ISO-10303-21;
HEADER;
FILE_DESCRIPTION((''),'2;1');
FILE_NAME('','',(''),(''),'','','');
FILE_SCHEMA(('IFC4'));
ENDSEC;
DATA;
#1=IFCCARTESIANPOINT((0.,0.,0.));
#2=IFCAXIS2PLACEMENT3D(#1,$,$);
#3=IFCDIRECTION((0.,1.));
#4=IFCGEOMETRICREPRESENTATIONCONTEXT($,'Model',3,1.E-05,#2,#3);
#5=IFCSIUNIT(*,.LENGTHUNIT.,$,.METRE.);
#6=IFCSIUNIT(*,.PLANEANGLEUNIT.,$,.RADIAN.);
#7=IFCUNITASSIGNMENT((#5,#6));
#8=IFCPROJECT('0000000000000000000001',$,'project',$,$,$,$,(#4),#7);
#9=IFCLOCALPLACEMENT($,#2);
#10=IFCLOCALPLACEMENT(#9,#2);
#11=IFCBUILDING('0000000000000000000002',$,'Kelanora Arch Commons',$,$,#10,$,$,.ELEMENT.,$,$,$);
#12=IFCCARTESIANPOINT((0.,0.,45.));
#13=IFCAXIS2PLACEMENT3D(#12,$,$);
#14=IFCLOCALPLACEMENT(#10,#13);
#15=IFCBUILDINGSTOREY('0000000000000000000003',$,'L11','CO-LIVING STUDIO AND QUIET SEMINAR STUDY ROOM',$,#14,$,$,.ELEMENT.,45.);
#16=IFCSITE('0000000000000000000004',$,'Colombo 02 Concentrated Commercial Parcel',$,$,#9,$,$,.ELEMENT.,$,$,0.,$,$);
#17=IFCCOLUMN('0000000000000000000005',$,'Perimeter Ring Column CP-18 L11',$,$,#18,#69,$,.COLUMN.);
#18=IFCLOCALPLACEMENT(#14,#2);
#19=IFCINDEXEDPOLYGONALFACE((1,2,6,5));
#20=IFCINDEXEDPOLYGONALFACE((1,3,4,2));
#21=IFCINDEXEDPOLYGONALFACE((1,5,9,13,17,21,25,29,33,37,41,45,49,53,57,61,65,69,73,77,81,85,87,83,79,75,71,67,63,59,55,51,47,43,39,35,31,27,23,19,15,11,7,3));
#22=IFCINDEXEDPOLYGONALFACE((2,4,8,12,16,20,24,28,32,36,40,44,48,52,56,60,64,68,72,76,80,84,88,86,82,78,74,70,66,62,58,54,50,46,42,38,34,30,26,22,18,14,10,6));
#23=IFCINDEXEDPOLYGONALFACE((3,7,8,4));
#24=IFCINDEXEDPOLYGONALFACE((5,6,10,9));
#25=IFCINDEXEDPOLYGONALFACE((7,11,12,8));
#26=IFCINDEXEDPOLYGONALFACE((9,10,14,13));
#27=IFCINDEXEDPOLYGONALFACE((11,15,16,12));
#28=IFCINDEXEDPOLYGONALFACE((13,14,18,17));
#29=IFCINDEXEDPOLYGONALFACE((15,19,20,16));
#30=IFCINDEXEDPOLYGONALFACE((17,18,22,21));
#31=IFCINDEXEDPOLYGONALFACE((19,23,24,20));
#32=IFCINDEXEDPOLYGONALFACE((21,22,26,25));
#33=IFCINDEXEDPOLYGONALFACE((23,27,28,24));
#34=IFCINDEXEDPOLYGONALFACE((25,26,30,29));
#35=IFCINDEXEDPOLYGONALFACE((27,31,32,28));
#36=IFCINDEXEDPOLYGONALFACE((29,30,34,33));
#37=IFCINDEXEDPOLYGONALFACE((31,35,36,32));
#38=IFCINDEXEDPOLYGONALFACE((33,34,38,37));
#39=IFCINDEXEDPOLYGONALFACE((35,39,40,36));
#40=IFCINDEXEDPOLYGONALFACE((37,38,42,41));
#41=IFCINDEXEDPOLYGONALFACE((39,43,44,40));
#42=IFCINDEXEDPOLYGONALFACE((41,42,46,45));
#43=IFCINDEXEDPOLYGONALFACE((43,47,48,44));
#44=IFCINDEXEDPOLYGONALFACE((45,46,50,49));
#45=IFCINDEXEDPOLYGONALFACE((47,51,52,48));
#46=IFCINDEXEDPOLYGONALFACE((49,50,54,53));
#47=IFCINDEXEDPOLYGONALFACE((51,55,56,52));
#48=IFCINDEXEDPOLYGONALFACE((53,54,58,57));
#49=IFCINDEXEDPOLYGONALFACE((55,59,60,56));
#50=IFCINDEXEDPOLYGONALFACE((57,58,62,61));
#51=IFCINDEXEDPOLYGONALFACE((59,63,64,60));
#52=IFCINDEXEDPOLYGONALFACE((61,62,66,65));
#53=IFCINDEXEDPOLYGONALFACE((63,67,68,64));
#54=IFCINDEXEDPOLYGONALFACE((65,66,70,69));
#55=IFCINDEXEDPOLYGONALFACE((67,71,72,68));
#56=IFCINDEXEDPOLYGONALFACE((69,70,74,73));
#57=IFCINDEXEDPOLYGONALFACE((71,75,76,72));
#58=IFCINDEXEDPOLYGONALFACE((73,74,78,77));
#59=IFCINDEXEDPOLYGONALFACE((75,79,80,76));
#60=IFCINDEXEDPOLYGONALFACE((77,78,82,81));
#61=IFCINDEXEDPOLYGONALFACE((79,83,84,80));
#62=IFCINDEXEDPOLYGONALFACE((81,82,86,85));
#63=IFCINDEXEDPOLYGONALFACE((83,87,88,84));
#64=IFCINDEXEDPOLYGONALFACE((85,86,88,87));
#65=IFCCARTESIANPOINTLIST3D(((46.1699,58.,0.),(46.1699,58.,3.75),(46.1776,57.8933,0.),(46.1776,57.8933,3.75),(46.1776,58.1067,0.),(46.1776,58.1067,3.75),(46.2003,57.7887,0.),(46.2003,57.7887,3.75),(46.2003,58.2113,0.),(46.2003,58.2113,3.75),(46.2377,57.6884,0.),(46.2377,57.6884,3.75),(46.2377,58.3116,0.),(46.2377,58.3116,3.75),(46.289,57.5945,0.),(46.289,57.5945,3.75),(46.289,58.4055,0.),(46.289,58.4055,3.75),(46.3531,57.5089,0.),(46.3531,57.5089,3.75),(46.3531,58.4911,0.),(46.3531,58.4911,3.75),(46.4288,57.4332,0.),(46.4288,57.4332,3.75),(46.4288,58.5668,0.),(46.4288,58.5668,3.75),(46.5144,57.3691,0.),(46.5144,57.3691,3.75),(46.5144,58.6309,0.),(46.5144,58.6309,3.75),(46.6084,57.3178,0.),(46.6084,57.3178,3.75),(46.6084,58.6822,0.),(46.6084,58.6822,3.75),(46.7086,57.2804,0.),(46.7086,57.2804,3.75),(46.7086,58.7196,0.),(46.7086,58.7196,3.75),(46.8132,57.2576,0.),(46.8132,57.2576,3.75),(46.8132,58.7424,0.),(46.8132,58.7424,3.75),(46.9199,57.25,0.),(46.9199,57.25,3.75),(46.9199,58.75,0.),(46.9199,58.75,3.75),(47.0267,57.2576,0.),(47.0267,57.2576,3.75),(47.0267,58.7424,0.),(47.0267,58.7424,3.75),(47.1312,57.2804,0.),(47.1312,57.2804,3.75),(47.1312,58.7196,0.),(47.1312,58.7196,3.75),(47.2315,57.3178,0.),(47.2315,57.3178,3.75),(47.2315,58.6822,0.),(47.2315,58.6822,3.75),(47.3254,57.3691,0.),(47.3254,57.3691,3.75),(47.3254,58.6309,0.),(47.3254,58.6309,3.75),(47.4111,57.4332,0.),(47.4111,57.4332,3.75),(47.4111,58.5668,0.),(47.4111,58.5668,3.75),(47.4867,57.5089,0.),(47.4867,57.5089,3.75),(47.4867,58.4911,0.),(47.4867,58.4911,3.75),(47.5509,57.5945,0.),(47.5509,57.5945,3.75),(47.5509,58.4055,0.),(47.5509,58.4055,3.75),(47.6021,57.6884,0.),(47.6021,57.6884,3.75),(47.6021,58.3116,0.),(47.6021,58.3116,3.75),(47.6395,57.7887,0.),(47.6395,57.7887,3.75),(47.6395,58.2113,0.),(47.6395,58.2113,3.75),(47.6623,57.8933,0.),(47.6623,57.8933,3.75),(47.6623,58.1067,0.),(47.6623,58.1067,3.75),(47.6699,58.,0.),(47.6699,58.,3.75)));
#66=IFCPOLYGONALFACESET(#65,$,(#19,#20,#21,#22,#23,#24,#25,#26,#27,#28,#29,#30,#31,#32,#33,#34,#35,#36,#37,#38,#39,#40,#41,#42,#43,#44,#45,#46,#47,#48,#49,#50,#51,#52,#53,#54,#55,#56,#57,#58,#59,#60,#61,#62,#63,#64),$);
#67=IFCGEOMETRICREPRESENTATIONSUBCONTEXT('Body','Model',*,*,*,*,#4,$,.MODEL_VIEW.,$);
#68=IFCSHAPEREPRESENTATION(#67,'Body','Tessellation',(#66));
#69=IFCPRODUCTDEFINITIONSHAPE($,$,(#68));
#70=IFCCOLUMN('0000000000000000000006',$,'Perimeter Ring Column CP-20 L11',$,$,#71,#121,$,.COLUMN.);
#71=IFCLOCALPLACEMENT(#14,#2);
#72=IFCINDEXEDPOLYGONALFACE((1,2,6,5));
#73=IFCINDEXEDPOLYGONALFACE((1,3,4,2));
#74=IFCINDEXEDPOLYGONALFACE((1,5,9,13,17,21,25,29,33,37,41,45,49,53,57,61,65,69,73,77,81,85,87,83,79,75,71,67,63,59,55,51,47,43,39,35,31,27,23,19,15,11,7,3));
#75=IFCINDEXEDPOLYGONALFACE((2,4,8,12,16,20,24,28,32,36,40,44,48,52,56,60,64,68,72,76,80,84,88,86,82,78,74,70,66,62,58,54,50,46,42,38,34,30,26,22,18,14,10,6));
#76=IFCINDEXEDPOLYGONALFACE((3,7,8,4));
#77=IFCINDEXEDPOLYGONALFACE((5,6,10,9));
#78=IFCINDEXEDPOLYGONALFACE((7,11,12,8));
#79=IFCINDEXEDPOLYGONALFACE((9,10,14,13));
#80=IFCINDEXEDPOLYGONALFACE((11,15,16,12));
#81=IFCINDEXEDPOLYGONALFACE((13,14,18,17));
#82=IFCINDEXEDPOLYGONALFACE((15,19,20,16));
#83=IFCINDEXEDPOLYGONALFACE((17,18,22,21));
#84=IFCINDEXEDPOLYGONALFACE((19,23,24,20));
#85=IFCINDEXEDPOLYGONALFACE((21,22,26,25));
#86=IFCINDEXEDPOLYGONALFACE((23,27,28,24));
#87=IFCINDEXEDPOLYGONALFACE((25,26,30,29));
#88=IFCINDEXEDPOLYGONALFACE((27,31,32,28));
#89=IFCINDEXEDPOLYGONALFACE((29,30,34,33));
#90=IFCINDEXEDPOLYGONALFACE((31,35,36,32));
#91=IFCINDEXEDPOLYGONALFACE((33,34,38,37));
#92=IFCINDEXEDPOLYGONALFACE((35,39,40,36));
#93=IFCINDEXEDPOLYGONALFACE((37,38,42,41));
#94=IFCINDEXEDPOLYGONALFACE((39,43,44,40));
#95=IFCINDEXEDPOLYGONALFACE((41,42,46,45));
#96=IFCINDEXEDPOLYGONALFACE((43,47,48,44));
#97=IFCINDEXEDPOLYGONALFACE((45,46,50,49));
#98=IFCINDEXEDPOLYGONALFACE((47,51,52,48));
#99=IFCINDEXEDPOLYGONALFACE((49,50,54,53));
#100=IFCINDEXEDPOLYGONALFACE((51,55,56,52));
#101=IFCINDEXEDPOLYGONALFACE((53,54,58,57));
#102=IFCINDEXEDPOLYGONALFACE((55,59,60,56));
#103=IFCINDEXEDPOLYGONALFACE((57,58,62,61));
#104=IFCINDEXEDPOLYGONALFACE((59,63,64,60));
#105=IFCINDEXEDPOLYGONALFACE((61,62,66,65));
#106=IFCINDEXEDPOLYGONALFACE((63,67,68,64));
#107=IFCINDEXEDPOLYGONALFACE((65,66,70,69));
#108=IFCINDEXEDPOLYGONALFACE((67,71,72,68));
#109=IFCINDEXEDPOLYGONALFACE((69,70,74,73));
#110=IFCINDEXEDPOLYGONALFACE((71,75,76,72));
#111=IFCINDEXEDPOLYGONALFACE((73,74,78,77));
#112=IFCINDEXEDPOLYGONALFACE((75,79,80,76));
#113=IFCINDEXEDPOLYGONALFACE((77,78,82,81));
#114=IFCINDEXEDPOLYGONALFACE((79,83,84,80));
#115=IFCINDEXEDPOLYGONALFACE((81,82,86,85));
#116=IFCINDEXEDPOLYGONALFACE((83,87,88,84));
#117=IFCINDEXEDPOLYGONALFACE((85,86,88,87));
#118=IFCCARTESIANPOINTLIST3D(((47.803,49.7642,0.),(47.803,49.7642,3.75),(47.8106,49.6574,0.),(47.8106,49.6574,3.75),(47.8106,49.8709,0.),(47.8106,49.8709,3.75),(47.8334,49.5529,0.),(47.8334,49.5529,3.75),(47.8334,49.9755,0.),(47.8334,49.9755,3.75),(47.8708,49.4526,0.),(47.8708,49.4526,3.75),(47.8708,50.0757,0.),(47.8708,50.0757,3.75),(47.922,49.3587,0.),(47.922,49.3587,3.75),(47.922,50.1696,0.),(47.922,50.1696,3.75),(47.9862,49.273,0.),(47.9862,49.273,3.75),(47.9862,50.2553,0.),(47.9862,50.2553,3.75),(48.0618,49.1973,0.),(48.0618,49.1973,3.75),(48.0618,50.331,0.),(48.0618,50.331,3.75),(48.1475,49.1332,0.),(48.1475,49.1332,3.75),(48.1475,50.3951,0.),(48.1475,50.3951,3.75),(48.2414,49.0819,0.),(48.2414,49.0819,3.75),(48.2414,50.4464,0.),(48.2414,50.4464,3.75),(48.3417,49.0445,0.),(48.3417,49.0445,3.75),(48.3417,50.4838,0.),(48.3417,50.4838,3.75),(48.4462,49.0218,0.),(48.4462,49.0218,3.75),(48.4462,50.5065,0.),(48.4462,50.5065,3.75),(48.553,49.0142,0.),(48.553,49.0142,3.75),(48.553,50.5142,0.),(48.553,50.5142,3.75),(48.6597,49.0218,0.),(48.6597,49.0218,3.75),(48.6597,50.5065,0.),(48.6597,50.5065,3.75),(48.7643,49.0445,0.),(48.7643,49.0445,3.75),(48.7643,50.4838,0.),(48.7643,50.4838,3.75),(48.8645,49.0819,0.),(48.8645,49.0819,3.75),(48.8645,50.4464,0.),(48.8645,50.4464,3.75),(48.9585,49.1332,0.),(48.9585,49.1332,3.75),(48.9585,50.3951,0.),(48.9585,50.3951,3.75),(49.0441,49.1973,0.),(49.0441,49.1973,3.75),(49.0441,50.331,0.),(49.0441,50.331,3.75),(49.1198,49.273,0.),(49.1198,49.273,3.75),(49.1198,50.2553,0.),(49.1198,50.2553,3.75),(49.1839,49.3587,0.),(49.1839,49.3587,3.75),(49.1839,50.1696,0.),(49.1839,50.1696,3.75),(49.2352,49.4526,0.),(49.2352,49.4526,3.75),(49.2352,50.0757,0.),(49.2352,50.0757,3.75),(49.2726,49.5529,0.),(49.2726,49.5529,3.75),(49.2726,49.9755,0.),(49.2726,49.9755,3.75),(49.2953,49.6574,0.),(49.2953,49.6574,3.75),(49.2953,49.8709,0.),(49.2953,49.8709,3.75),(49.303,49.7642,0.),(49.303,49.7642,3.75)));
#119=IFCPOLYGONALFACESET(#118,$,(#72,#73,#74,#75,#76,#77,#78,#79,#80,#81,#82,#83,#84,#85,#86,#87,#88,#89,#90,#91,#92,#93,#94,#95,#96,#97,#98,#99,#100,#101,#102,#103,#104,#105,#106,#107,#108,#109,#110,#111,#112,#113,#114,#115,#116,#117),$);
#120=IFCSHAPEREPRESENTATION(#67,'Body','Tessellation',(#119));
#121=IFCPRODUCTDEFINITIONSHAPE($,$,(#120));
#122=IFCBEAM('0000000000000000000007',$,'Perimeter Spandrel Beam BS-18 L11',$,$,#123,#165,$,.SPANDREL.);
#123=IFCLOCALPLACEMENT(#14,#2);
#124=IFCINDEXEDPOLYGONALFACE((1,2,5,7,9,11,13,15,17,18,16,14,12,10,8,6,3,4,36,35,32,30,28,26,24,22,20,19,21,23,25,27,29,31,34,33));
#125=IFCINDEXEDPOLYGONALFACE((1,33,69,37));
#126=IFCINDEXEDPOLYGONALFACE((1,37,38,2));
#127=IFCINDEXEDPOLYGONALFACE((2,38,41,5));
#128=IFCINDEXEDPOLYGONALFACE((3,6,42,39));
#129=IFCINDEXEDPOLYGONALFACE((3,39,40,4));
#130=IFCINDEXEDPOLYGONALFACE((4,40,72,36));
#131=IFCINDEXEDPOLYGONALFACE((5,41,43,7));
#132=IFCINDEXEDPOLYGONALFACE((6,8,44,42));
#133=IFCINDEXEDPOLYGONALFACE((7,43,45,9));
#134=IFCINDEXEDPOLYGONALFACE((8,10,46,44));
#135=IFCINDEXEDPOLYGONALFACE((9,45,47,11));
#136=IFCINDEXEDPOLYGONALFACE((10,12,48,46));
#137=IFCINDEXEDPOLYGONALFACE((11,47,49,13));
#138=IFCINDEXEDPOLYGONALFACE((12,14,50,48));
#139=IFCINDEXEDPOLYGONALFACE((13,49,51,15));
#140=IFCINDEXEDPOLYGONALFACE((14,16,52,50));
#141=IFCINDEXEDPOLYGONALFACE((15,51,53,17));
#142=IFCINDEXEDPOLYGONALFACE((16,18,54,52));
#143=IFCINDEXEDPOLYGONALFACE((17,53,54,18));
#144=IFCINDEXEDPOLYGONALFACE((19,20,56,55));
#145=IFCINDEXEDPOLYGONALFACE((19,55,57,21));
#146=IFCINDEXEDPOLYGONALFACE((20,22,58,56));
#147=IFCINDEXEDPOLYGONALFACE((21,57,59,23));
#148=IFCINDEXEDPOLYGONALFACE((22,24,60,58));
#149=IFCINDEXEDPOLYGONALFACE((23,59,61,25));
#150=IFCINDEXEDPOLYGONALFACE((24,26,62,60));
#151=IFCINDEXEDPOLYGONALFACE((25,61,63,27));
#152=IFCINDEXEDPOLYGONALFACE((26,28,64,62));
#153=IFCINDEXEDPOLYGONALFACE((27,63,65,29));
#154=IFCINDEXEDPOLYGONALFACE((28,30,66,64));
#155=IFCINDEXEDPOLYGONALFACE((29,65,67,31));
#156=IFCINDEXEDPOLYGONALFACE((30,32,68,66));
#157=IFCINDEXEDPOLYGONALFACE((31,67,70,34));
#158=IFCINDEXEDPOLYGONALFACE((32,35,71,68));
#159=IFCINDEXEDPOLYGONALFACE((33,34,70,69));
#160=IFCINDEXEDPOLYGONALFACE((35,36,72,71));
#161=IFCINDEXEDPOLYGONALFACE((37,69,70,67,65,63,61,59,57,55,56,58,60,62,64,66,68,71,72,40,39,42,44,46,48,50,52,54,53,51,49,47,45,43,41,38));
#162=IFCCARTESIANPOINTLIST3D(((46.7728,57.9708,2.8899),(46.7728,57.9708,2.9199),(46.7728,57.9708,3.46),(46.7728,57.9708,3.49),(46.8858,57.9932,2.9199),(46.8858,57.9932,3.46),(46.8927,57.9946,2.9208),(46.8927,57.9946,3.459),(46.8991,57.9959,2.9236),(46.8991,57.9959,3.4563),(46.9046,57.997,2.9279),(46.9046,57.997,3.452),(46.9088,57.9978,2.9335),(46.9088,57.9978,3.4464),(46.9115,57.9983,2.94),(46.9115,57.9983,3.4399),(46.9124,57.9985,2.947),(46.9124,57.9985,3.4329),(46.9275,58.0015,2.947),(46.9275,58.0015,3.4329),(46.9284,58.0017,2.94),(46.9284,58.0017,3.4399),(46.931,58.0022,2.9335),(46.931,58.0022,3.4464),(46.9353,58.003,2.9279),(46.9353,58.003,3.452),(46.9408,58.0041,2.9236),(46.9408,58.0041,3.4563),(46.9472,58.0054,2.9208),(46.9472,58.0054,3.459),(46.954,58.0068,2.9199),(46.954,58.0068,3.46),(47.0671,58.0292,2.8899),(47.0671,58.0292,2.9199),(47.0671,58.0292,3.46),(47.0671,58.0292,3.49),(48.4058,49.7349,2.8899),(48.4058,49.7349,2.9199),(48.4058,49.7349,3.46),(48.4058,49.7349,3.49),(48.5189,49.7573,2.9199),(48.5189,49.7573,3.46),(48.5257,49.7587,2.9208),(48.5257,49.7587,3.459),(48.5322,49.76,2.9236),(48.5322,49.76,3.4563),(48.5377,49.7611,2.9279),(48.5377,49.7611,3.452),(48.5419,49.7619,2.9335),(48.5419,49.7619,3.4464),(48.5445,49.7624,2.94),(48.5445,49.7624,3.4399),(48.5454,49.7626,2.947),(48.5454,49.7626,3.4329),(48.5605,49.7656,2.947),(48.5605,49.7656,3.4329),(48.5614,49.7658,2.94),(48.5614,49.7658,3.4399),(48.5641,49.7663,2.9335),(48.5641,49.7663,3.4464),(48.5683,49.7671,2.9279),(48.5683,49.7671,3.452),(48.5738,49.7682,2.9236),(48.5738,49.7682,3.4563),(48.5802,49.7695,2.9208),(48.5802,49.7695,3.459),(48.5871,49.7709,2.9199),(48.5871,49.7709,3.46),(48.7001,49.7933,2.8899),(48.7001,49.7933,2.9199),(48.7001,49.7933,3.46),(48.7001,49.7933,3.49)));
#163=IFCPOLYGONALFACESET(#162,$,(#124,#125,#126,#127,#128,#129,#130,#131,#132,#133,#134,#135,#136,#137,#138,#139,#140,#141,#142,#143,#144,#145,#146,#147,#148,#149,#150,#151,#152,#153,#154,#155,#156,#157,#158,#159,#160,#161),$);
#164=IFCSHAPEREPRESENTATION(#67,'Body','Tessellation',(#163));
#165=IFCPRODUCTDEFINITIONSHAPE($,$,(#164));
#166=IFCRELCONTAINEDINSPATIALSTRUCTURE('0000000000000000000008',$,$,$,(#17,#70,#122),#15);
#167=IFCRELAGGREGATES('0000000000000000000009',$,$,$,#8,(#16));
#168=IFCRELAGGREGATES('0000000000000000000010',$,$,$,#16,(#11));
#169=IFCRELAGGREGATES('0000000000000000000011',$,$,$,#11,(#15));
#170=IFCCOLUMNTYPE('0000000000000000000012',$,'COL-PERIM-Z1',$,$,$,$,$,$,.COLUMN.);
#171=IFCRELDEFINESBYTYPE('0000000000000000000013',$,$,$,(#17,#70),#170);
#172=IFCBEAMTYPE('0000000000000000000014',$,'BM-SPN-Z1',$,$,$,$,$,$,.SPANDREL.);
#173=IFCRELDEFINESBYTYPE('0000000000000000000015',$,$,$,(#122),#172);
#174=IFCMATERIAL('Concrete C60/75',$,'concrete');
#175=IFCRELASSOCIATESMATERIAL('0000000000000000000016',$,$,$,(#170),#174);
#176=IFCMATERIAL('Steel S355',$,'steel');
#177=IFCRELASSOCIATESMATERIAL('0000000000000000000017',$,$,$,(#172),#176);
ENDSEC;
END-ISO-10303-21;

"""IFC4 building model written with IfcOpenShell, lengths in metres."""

from ifc_helpers import new_model, si_unit, direction, frame, origin, origin_2d, place, context, subcontext, project, spatial, circle, i_section, extrude, material, material_profile, profile_set, type_object, element, save


model = new_model("IFC4")

# Units and contexts
model_context = context("Model", 3, precision=1e-05, world=origin(), true_north=direction((0.0, 1.0)))
body_context = subcontext(model_context, "Body", "Model", "MODEL_VIEW")
ifc_project = project(units=[si_unit("LENGTHUNIT", "METRE"), si_unit("PLANEANGLEUNIT", "RADIAN")], contexts=[model_context])

# Site, building, storey
site_placement = place(None, origin())
site = spatial("IfcSite", under=ifc_project, at=site_placement, Name="Colombo 02 Concentrated Commercial Parcel", CompositionType="ELEMENT", RefElevation=0.0)
building_placement = place(site_placement, origin())
building = spatial("IfcBuilding", under=site, at=building_placement, Name="Kelanora Arch Commons", CompositionType="ELEMENT")
storey_placement = place(building_placement, frame((0.0, 0.0, 45.0)))
storey = spatial("IfcBuildingStorey", under=building, at=storey_placement, Name="L11", Description="CO-LIVING STUDIO AND QUIET SEMINAR STUDY ROOM", CompositionType="ELEMENT", Elevation=45.0)

# Columns
ifc_material_1 = material(Name="Concrete C60/75", Category="concrete")
ifc_material_profile_1 = material_profile(ifc_material_1, circle(Radius=0.75, at=origin_2d()), Name="RCC1500")
ifc_profile_set_1 = profile_set([ifc_material_profile_1], Name="Concrete C60/75")
column_type = type_object("IfcColumnType", Name="COL-PERIM-Z1", PredefinedType="COLUMN", material=ifc_profile_set_1)
for number, where, z_axis, x_axis, name in (
    (1, (46.9199, 58.0, 0.0), (0.0, 0.0, 1.0), (1.0, 0.0, 0.0), "Perimeter Ring Column CP-18 L11"),
    (2, (48.553, 49.7642, 0.0), (0.0, 0.0, 1.0), (1.0, 0.0, 0.0), "Perimeter Ring Column CP-20 L11"),
):
    element("IfcColumn", number, at=place(storey_placement, frame(where, z_axis=z_axis, x_axis=x_axis)), inside=storey, type_object=column_type, Name=name, PredefinedType="COLUMN", context=body_context, shape_type="SweptSolid", body=[
        extrude(circle(Radius=0.75, at=origin_2d()), origin(), (0.0, 0.0, 1.0), 3.75),
    ])

# Beam
ifc_material_2 = material(Name="Steel S355", Category="steel")
ifc_material_profile_2 = material_profile(ifc_material_2, i_section(OverallWidth=0.3, OverallDepth=0.6001, WebThickness=0.0154, FlangeThickness=0.03, FilletRadius=0.0271, at=origin_2d()), Name="HEB600")
ifc_profile_set_2 = profile_set([ifc_material_profile_2], Name="Steel S355")
beam_type = type_object("IfcBeamType", Name="BM-SPN-Z1", PredefinedType="SPANDREL", material=ifc_profile_set_2)
beam_1_placement = place(storey_placement, frame((46.9199, 58.0, 3.1899), z_axis=(0.1945, -0.980903, 0.0), x_axis=(0.980903, 0.1945, 0.0)))
element("IfcBeam", 3, at=beam_1_placement, inside=storey, type_object=beam_type, Name="Perimeter Spandrel Beam BS-18 L11", PredefinedType="SPANDREL", context=body_context, shape_type="SweptSolid", body=[
    extrude(i_section(OverallWidth=0.3, OverallDepth=0.6001, WebThickness=0.0154, FlangeThickness=0.03, FilletRadius=0.0271, at=origin_2d()), origin(), (0.0, 0.0, 1.0), 8.3962),
])

save(model, "model.ifc")
